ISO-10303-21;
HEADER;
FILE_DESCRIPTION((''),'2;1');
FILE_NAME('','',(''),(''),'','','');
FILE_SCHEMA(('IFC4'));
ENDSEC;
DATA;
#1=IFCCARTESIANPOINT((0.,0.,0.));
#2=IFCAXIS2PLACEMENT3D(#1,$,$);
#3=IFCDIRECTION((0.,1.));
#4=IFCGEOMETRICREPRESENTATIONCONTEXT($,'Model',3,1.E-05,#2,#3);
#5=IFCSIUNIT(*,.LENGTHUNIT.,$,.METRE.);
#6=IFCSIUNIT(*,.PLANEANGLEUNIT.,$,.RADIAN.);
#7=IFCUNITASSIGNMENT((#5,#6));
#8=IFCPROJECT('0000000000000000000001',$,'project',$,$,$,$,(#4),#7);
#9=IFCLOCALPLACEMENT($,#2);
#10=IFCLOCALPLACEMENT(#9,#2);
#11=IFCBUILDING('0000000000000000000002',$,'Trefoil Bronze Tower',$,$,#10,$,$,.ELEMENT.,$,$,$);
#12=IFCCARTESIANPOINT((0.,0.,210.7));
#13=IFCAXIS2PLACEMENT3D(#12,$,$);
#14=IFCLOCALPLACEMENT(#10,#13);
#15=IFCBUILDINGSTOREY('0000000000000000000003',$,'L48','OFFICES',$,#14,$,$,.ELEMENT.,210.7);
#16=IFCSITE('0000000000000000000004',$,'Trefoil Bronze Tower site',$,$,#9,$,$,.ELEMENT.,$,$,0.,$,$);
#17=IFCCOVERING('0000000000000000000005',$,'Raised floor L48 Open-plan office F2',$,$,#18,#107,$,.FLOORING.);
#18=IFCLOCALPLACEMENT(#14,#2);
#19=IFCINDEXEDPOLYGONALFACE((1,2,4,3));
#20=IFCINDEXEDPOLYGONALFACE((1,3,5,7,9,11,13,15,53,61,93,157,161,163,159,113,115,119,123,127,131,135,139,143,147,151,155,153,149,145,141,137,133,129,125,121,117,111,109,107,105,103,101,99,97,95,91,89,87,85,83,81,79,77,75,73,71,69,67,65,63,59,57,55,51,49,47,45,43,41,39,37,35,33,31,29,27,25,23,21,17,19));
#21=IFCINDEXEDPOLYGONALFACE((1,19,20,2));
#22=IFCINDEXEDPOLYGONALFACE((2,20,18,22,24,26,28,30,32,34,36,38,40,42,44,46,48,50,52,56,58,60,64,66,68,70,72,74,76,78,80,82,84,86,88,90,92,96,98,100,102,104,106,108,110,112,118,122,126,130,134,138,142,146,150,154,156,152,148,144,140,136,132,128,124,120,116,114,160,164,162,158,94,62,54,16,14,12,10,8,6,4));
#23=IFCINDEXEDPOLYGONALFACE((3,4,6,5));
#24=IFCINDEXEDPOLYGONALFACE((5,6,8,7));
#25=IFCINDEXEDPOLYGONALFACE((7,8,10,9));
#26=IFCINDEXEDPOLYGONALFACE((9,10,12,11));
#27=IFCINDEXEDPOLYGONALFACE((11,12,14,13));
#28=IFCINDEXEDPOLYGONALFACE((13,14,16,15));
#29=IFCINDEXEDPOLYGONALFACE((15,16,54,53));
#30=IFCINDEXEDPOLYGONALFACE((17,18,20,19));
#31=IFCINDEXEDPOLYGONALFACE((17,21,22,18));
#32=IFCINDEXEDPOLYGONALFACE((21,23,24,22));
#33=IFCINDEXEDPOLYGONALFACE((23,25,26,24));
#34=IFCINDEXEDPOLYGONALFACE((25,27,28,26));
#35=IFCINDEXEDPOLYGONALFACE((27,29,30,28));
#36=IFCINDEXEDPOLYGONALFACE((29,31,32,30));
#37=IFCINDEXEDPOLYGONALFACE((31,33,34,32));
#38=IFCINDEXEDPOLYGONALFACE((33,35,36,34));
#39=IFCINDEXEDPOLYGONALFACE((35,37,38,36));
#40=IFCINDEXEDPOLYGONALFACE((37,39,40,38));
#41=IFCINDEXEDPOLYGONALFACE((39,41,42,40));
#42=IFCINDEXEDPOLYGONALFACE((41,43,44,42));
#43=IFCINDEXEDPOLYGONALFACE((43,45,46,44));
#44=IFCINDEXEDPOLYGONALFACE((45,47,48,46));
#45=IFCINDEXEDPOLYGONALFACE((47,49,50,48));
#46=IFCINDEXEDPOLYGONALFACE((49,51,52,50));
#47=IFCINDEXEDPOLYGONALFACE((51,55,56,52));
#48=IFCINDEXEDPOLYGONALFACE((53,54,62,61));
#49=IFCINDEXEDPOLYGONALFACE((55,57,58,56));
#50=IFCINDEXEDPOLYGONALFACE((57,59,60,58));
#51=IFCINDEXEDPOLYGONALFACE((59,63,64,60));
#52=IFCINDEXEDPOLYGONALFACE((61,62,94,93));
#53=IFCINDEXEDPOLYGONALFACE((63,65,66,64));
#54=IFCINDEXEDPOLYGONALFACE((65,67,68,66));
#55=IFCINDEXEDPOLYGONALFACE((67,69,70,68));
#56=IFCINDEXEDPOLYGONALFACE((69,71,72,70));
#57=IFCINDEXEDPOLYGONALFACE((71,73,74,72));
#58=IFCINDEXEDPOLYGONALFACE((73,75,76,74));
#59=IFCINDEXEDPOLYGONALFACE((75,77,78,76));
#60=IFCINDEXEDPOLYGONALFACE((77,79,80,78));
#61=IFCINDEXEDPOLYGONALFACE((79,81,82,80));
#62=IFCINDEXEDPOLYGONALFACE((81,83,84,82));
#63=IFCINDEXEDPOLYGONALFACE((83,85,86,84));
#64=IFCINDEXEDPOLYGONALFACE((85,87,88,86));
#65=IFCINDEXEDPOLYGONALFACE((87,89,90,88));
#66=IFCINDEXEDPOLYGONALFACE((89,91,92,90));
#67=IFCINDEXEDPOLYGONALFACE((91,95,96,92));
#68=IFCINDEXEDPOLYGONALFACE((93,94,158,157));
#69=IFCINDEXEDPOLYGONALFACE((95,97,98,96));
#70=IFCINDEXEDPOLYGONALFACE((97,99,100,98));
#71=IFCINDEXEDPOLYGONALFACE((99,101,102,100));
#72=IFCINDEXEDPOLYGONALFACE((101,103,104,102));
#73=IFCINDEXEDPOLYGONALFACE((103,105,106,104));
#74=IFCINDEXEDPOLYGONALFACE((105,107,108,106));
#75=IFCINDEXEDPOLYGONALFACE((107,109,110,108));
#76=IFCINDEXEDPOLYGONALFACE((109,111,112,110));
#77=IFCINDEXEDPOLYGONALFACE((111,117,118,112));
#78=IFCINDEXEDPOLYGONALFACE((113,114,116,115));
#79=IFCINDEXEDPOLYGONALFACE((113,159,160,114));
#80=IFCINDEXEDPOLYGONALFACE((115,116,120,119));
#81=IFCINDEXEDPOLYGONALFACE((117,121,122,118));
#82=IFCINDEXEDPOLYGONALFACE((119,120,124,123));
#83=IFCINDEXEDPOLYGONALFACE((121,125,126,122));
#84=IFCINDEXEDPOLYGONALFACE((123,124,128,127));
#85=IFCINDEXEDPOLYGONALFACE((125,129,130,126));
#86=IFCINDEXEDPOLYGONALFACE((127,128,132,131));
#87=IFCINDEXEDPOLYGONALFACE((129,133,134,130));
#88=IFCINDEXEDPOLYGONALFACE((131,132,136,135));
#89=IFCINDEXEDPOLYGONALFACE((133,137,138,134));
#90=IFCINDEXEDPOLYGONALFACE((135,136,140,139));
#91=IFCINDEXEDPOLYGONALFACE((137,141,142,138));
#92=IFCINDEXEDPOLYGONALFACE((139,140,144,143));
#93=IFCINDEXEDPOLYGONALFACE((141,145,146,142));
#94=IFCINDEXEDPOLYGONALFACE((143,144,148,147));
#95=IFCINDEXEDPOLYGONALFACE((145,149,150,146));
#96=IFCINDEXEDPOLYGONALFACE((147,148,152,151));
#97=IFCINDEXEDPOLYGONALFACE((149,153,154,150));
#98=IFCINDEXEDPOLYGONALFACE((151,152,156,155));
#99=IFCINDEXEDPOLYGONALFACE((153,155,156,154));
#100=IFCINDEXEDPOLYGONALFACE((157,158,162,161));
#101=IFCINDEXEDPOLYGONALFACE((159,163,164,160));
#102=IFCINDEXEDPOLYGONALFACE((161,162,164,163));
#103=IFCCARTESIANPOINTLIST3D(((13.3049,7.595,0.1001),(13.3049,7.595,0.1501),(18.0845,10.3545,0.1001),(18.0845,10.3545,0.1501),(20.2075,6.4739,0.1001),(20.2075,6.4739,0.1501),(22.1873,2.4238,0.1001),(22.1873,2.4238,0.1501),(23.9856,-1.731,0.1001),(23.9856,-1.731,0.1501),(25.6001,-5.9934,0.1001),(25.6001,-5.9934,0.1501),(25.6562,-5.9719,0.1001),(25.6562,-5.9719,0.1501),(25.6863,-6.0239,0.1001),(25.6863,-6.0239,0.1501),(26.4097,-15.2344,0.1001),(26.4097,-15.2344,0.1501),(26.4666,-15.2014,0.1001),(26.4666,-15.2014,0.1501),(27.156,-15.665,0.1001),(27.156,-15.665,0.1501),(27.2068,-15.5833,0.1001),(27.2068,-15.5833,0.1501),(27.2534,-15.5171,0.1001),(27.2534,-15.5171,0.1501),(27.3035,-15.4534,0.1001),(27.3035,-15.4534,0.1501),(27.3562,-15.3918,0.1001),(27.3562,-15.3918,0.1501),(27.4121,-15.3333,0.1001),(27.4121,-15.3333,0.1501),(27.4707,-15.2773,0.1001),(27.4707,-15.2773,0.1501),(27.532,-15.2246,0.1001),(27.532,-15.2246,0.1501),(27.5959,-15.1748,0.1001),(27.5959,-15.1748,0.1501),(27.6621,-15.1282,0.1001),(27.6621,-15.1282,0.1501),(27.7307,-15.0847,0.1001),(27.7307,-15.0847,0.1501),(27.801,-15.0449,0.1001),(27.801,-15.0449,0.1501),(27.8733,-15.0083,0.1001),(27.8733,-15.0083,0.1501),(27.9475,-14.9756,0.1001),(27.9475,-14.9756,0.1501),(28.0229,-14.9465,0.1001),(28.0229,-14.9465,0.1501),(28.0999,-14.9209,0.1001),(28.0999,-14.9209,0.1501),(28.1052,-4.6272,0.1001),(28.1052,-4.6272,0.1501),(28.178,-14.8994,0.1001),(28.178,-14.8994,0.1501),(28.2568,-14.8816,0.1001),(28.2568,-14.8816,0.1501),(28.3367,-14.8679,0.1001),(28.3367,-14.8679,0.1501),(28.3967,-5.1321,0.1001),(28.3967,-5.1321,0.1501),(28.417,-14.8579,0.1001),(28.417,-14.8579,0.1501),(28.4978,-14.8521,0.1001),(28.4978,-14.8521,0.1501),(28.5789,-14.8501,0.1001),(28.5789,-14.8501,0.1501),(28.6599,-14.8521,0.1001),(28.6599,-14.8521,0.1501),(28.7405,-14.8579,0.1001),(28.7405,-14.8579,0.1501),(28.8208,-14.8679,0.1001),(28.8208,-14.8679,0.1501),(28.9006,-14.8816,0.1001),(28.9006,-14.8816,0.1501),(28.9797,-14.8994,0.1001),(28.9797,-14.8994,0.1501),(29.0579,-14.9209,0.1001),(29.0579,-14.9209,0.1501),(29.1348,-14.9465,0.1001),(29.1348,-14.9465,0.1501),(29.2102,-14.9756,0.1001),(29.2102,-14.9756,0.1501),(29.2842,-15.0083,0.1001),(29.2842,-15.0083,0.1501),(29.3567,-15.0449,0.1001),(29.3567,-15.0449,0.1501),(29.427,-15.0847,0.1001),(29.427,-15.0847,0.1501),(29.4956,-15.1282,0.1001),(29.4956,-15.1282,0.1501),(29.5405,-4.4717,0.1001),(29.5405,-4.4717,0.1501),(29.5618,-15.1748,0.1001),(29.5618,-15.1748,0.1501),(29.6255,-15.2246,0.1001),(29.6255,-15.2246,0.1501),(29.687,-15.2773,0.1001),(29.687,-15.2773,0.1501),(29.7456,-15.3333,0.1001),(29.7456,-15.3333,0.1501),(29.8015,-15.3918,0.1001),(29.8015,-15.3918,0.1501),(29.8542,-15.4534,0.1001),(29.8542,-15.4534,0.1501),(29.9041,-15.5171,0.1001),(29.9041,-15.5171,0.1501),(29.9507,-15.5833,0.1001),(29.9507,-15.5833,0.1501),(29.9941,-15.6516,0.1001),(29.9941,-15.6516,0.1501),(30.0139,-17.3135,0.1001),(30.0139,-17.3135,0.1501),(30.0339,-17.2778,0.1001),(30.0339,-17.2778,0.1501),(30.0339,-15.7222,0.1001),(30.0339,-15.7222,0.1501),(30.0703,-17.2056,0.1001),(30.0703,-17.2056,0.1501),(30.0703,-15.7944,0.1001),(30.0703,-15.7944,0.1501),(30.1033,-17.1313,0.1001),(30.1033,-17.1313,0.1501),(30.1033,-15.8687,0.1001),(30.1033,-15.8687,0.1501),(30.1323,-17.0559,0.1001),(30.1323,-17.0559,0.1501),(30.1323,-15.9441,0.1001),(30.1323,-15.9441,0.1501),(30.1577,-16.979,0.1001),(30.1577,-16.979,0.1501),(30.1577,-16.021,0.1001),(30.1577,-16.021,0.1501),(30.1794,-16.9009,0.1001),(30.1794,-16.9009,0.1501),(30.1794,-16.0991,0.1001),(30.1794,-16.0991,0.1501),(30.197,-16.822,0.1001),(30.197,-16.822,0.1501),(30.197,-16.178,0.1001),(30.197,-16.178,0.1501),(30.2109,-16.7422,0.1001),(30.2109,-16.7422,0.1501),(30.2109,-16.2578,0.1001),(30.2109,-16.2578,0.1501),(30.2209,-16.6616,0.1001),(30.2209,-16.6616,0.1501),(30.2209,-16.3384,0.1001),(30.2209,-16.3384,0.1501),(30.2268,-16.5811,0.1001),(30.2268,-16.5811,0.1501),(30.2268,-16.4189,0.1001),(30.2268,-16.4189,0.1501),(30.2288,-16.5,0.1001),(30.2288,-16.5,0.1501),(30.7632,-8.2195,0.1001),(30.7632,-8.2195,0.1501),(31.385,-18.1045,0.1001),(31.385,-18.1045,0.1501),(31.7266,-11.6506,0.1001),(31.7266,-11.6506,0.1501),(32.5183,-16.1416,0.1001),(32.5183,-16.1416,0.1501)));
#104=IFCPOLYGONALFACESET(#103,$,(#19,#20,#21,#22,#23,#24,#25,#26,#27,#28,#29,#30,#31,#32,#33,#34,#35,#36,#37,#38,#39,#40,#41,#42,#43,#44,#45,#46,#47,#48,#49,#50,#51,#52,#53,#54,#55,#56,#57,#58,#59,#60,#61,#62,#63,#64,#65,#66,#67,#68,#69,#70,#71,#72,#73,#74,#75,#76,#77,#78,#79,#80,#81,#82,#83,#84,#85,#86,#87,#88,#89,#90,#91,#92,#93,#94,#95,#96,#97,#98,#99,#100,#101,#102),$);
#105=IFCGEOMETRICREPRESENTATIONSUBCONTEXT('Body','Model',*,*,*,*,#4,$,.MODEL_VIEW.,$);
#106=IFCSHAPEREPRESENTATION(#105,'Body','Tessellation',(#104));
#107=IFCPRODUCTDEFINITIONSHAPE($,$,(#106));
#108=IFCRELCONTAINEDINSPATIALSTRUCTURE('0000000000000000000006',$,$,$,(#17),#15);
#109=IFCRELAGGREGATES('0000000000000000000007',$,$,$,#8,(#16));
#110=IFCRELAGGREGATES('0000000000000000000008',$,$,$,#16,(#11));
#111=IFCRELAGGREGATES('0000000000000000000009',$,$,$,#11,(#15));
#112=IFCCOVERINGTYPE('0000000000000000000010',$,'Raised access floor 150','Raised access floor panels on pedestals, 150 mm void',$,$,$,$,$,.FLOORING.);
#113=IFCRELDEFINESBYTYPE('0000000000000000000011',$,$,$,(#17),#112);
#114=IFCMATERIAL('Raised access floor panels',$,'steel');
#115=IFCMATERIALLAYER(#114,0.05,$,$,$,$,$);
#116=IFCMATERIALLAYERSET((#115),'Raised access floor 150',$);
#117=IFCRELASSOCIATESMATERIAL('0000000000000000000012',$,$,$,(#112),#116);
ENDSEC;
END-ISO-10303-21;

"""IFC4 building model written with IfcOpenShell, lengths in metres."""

from ifc_helpers import new_model, si_unit, direction, frame, origin, place, context, subcontext, project, spatial, polyline, outline, extrude, material, layer, layer_set, type_object, element, save


model = new_model("IFC4")

# Units and contexts
model_context = context("Model", 3, precision=1e-05, world=origin(), true_north=direction((0.0, 1.0)))
body_context = subcontext(model_context, "Body", "Model", "MODEL_VIEW")
ifc_project = project(units=[si_unit("LENGTHUNIT", "METRE"), si_unit("PLANEANGLEUNIT", "RADIAN")], contexts=[model_context])

# Site, building, storey
site_placement = place(None, origin())
site = spatial("IfcSite", under=ifc_project, at=site_placement, Name="Trefoil Bronze Tower site", CompositionType="ELEMENT", RefElevation=0.0)
building_placement = place(site_placement, origin())
building = spatial("IfcBuilding", under=site, at=building_placement, Name="Trefoil Bronze Tower", CompositionType="ELEMENT")
storey_placement = place(building_placement, frame((0.0, 0.0, 210.7)))
storey = spatial("IfcBuildingStorey", under=building, at=storey_placement, Name="L48", Description="OFFICES", CompositionType="ELEMENT", Elevation=210.7)

# Covering
ifc_material_1 = material(Name="Raised access floor panels", Category="steel")
ifc_layer_1 = layer(ifc_material_1, 0.05)
ifc_layer_set_1 = layer_set([ifc_layer_1], Name="Raised access floor 150")
covering_type_1 = type_object("IfcCoveringType", Name="Raised access floor 150", Description="Raised access floor panels on pedestals, 150 mm void", PredefinedType="FLOORING", material=ifc_layer_set_1)
covering_1_placement = place(storey_placement, frame((0.0, 0.0, 0.1001)))
element("IfcCovering", 1, at=covering_1_placement, inside=storey, type_object=covering_type_1, Name="Raised floor L48 Open-plan office F2", PredefinedType="FLOORING", context=body_context, shape_type="SweptSolid", body=[
    extrude(outline(polyline([(26.4097, -15.2344), (26.4666, -15.2014), (13.3049, 7.595), (18.0845, 10.3545), (20.2075, 6.4739), (22.1873, 2.4238), (23.9856, -1.731), (25.6001, -5.9934), (25.6562, -5.9719), (25.6863, -6.0239), (28.1052, -4.6272), (28.3967, -5.1321), (29.5405, -4.4717), (30.7632, -8.2195), (31.7266, -11.6506), (32.5183, -16.1416), (31.385, -18.1045), (30.0139, -17.3135), (30.0339, -17.2778), (30.0703, -17.2056), (30.1033, -17.1313), (30.1323, -17.0559), (30.1577, -16.979), (30.1794, -16.9009), (30.197, -16.822), (30.2109, -16.7422), (30.2209, -16.6616), (30.2268, -16.5811), (30.2288, -16.5), (30.2268, -16.4189), (30.2209, -16.3384), (30.2109, -16.2578), (30.197, -16.178), (30.1794, -16.0991), (30.1577, -16.021), (30.1323, -15.9441), (30.1033, -15.8687), (30.0703, -15.7944), (30.0339, -15.7222), (29.9941, -15.6516), (29.9507, -15.5833), (29.9041, -15.5171), (29.8542, -15.4534), (29.8015, -15.3918), (29.7456, -15.3333), (29.687, -15.2773), (29.6255, -15.2246), (29.5618, -15.1748), (29.4956, -15.1282), (29.427, -15.0847), (29.3567, -15.0449), (29.2842, -15.0083), (29.2102, -14.9756), (29.1348, -14.9465), (29.0579, -14.9209), (28.9797, -14.8994), (28.9006, -14.8816), (28.8208, -14.8679), (28.7405, -14.8579), (28.6599, -14.8521), (28.5789, -14.8501), (28.4978, -14.8521), (28.417, -14.8579), (28.3367, -14.8679), (28.2568, -14.8816), (28.178, -14.8994), (28.0999, -14.9209), (28.0229, -14.9465), (27.9475, -14.9756), (27.8733, -15.0083), (27.801, -15.0449), (27.7307, -15.0847), (27.6621, -15.1282), (27.5959, -15.1748), (27.532, -15.2246), (27.4707, -15.2773), (27.4121, -15.3333), (27.3562, -15.3918), (27.3035, -15.4534), (27.2534, -15.5171), (27.2068, -15.5833), (27.156, -15.665), (26.4097, -15.2344)])), origin(), (0.0, 0.0, 1.0), 0.05),
])

save(model, "model.ifc")
